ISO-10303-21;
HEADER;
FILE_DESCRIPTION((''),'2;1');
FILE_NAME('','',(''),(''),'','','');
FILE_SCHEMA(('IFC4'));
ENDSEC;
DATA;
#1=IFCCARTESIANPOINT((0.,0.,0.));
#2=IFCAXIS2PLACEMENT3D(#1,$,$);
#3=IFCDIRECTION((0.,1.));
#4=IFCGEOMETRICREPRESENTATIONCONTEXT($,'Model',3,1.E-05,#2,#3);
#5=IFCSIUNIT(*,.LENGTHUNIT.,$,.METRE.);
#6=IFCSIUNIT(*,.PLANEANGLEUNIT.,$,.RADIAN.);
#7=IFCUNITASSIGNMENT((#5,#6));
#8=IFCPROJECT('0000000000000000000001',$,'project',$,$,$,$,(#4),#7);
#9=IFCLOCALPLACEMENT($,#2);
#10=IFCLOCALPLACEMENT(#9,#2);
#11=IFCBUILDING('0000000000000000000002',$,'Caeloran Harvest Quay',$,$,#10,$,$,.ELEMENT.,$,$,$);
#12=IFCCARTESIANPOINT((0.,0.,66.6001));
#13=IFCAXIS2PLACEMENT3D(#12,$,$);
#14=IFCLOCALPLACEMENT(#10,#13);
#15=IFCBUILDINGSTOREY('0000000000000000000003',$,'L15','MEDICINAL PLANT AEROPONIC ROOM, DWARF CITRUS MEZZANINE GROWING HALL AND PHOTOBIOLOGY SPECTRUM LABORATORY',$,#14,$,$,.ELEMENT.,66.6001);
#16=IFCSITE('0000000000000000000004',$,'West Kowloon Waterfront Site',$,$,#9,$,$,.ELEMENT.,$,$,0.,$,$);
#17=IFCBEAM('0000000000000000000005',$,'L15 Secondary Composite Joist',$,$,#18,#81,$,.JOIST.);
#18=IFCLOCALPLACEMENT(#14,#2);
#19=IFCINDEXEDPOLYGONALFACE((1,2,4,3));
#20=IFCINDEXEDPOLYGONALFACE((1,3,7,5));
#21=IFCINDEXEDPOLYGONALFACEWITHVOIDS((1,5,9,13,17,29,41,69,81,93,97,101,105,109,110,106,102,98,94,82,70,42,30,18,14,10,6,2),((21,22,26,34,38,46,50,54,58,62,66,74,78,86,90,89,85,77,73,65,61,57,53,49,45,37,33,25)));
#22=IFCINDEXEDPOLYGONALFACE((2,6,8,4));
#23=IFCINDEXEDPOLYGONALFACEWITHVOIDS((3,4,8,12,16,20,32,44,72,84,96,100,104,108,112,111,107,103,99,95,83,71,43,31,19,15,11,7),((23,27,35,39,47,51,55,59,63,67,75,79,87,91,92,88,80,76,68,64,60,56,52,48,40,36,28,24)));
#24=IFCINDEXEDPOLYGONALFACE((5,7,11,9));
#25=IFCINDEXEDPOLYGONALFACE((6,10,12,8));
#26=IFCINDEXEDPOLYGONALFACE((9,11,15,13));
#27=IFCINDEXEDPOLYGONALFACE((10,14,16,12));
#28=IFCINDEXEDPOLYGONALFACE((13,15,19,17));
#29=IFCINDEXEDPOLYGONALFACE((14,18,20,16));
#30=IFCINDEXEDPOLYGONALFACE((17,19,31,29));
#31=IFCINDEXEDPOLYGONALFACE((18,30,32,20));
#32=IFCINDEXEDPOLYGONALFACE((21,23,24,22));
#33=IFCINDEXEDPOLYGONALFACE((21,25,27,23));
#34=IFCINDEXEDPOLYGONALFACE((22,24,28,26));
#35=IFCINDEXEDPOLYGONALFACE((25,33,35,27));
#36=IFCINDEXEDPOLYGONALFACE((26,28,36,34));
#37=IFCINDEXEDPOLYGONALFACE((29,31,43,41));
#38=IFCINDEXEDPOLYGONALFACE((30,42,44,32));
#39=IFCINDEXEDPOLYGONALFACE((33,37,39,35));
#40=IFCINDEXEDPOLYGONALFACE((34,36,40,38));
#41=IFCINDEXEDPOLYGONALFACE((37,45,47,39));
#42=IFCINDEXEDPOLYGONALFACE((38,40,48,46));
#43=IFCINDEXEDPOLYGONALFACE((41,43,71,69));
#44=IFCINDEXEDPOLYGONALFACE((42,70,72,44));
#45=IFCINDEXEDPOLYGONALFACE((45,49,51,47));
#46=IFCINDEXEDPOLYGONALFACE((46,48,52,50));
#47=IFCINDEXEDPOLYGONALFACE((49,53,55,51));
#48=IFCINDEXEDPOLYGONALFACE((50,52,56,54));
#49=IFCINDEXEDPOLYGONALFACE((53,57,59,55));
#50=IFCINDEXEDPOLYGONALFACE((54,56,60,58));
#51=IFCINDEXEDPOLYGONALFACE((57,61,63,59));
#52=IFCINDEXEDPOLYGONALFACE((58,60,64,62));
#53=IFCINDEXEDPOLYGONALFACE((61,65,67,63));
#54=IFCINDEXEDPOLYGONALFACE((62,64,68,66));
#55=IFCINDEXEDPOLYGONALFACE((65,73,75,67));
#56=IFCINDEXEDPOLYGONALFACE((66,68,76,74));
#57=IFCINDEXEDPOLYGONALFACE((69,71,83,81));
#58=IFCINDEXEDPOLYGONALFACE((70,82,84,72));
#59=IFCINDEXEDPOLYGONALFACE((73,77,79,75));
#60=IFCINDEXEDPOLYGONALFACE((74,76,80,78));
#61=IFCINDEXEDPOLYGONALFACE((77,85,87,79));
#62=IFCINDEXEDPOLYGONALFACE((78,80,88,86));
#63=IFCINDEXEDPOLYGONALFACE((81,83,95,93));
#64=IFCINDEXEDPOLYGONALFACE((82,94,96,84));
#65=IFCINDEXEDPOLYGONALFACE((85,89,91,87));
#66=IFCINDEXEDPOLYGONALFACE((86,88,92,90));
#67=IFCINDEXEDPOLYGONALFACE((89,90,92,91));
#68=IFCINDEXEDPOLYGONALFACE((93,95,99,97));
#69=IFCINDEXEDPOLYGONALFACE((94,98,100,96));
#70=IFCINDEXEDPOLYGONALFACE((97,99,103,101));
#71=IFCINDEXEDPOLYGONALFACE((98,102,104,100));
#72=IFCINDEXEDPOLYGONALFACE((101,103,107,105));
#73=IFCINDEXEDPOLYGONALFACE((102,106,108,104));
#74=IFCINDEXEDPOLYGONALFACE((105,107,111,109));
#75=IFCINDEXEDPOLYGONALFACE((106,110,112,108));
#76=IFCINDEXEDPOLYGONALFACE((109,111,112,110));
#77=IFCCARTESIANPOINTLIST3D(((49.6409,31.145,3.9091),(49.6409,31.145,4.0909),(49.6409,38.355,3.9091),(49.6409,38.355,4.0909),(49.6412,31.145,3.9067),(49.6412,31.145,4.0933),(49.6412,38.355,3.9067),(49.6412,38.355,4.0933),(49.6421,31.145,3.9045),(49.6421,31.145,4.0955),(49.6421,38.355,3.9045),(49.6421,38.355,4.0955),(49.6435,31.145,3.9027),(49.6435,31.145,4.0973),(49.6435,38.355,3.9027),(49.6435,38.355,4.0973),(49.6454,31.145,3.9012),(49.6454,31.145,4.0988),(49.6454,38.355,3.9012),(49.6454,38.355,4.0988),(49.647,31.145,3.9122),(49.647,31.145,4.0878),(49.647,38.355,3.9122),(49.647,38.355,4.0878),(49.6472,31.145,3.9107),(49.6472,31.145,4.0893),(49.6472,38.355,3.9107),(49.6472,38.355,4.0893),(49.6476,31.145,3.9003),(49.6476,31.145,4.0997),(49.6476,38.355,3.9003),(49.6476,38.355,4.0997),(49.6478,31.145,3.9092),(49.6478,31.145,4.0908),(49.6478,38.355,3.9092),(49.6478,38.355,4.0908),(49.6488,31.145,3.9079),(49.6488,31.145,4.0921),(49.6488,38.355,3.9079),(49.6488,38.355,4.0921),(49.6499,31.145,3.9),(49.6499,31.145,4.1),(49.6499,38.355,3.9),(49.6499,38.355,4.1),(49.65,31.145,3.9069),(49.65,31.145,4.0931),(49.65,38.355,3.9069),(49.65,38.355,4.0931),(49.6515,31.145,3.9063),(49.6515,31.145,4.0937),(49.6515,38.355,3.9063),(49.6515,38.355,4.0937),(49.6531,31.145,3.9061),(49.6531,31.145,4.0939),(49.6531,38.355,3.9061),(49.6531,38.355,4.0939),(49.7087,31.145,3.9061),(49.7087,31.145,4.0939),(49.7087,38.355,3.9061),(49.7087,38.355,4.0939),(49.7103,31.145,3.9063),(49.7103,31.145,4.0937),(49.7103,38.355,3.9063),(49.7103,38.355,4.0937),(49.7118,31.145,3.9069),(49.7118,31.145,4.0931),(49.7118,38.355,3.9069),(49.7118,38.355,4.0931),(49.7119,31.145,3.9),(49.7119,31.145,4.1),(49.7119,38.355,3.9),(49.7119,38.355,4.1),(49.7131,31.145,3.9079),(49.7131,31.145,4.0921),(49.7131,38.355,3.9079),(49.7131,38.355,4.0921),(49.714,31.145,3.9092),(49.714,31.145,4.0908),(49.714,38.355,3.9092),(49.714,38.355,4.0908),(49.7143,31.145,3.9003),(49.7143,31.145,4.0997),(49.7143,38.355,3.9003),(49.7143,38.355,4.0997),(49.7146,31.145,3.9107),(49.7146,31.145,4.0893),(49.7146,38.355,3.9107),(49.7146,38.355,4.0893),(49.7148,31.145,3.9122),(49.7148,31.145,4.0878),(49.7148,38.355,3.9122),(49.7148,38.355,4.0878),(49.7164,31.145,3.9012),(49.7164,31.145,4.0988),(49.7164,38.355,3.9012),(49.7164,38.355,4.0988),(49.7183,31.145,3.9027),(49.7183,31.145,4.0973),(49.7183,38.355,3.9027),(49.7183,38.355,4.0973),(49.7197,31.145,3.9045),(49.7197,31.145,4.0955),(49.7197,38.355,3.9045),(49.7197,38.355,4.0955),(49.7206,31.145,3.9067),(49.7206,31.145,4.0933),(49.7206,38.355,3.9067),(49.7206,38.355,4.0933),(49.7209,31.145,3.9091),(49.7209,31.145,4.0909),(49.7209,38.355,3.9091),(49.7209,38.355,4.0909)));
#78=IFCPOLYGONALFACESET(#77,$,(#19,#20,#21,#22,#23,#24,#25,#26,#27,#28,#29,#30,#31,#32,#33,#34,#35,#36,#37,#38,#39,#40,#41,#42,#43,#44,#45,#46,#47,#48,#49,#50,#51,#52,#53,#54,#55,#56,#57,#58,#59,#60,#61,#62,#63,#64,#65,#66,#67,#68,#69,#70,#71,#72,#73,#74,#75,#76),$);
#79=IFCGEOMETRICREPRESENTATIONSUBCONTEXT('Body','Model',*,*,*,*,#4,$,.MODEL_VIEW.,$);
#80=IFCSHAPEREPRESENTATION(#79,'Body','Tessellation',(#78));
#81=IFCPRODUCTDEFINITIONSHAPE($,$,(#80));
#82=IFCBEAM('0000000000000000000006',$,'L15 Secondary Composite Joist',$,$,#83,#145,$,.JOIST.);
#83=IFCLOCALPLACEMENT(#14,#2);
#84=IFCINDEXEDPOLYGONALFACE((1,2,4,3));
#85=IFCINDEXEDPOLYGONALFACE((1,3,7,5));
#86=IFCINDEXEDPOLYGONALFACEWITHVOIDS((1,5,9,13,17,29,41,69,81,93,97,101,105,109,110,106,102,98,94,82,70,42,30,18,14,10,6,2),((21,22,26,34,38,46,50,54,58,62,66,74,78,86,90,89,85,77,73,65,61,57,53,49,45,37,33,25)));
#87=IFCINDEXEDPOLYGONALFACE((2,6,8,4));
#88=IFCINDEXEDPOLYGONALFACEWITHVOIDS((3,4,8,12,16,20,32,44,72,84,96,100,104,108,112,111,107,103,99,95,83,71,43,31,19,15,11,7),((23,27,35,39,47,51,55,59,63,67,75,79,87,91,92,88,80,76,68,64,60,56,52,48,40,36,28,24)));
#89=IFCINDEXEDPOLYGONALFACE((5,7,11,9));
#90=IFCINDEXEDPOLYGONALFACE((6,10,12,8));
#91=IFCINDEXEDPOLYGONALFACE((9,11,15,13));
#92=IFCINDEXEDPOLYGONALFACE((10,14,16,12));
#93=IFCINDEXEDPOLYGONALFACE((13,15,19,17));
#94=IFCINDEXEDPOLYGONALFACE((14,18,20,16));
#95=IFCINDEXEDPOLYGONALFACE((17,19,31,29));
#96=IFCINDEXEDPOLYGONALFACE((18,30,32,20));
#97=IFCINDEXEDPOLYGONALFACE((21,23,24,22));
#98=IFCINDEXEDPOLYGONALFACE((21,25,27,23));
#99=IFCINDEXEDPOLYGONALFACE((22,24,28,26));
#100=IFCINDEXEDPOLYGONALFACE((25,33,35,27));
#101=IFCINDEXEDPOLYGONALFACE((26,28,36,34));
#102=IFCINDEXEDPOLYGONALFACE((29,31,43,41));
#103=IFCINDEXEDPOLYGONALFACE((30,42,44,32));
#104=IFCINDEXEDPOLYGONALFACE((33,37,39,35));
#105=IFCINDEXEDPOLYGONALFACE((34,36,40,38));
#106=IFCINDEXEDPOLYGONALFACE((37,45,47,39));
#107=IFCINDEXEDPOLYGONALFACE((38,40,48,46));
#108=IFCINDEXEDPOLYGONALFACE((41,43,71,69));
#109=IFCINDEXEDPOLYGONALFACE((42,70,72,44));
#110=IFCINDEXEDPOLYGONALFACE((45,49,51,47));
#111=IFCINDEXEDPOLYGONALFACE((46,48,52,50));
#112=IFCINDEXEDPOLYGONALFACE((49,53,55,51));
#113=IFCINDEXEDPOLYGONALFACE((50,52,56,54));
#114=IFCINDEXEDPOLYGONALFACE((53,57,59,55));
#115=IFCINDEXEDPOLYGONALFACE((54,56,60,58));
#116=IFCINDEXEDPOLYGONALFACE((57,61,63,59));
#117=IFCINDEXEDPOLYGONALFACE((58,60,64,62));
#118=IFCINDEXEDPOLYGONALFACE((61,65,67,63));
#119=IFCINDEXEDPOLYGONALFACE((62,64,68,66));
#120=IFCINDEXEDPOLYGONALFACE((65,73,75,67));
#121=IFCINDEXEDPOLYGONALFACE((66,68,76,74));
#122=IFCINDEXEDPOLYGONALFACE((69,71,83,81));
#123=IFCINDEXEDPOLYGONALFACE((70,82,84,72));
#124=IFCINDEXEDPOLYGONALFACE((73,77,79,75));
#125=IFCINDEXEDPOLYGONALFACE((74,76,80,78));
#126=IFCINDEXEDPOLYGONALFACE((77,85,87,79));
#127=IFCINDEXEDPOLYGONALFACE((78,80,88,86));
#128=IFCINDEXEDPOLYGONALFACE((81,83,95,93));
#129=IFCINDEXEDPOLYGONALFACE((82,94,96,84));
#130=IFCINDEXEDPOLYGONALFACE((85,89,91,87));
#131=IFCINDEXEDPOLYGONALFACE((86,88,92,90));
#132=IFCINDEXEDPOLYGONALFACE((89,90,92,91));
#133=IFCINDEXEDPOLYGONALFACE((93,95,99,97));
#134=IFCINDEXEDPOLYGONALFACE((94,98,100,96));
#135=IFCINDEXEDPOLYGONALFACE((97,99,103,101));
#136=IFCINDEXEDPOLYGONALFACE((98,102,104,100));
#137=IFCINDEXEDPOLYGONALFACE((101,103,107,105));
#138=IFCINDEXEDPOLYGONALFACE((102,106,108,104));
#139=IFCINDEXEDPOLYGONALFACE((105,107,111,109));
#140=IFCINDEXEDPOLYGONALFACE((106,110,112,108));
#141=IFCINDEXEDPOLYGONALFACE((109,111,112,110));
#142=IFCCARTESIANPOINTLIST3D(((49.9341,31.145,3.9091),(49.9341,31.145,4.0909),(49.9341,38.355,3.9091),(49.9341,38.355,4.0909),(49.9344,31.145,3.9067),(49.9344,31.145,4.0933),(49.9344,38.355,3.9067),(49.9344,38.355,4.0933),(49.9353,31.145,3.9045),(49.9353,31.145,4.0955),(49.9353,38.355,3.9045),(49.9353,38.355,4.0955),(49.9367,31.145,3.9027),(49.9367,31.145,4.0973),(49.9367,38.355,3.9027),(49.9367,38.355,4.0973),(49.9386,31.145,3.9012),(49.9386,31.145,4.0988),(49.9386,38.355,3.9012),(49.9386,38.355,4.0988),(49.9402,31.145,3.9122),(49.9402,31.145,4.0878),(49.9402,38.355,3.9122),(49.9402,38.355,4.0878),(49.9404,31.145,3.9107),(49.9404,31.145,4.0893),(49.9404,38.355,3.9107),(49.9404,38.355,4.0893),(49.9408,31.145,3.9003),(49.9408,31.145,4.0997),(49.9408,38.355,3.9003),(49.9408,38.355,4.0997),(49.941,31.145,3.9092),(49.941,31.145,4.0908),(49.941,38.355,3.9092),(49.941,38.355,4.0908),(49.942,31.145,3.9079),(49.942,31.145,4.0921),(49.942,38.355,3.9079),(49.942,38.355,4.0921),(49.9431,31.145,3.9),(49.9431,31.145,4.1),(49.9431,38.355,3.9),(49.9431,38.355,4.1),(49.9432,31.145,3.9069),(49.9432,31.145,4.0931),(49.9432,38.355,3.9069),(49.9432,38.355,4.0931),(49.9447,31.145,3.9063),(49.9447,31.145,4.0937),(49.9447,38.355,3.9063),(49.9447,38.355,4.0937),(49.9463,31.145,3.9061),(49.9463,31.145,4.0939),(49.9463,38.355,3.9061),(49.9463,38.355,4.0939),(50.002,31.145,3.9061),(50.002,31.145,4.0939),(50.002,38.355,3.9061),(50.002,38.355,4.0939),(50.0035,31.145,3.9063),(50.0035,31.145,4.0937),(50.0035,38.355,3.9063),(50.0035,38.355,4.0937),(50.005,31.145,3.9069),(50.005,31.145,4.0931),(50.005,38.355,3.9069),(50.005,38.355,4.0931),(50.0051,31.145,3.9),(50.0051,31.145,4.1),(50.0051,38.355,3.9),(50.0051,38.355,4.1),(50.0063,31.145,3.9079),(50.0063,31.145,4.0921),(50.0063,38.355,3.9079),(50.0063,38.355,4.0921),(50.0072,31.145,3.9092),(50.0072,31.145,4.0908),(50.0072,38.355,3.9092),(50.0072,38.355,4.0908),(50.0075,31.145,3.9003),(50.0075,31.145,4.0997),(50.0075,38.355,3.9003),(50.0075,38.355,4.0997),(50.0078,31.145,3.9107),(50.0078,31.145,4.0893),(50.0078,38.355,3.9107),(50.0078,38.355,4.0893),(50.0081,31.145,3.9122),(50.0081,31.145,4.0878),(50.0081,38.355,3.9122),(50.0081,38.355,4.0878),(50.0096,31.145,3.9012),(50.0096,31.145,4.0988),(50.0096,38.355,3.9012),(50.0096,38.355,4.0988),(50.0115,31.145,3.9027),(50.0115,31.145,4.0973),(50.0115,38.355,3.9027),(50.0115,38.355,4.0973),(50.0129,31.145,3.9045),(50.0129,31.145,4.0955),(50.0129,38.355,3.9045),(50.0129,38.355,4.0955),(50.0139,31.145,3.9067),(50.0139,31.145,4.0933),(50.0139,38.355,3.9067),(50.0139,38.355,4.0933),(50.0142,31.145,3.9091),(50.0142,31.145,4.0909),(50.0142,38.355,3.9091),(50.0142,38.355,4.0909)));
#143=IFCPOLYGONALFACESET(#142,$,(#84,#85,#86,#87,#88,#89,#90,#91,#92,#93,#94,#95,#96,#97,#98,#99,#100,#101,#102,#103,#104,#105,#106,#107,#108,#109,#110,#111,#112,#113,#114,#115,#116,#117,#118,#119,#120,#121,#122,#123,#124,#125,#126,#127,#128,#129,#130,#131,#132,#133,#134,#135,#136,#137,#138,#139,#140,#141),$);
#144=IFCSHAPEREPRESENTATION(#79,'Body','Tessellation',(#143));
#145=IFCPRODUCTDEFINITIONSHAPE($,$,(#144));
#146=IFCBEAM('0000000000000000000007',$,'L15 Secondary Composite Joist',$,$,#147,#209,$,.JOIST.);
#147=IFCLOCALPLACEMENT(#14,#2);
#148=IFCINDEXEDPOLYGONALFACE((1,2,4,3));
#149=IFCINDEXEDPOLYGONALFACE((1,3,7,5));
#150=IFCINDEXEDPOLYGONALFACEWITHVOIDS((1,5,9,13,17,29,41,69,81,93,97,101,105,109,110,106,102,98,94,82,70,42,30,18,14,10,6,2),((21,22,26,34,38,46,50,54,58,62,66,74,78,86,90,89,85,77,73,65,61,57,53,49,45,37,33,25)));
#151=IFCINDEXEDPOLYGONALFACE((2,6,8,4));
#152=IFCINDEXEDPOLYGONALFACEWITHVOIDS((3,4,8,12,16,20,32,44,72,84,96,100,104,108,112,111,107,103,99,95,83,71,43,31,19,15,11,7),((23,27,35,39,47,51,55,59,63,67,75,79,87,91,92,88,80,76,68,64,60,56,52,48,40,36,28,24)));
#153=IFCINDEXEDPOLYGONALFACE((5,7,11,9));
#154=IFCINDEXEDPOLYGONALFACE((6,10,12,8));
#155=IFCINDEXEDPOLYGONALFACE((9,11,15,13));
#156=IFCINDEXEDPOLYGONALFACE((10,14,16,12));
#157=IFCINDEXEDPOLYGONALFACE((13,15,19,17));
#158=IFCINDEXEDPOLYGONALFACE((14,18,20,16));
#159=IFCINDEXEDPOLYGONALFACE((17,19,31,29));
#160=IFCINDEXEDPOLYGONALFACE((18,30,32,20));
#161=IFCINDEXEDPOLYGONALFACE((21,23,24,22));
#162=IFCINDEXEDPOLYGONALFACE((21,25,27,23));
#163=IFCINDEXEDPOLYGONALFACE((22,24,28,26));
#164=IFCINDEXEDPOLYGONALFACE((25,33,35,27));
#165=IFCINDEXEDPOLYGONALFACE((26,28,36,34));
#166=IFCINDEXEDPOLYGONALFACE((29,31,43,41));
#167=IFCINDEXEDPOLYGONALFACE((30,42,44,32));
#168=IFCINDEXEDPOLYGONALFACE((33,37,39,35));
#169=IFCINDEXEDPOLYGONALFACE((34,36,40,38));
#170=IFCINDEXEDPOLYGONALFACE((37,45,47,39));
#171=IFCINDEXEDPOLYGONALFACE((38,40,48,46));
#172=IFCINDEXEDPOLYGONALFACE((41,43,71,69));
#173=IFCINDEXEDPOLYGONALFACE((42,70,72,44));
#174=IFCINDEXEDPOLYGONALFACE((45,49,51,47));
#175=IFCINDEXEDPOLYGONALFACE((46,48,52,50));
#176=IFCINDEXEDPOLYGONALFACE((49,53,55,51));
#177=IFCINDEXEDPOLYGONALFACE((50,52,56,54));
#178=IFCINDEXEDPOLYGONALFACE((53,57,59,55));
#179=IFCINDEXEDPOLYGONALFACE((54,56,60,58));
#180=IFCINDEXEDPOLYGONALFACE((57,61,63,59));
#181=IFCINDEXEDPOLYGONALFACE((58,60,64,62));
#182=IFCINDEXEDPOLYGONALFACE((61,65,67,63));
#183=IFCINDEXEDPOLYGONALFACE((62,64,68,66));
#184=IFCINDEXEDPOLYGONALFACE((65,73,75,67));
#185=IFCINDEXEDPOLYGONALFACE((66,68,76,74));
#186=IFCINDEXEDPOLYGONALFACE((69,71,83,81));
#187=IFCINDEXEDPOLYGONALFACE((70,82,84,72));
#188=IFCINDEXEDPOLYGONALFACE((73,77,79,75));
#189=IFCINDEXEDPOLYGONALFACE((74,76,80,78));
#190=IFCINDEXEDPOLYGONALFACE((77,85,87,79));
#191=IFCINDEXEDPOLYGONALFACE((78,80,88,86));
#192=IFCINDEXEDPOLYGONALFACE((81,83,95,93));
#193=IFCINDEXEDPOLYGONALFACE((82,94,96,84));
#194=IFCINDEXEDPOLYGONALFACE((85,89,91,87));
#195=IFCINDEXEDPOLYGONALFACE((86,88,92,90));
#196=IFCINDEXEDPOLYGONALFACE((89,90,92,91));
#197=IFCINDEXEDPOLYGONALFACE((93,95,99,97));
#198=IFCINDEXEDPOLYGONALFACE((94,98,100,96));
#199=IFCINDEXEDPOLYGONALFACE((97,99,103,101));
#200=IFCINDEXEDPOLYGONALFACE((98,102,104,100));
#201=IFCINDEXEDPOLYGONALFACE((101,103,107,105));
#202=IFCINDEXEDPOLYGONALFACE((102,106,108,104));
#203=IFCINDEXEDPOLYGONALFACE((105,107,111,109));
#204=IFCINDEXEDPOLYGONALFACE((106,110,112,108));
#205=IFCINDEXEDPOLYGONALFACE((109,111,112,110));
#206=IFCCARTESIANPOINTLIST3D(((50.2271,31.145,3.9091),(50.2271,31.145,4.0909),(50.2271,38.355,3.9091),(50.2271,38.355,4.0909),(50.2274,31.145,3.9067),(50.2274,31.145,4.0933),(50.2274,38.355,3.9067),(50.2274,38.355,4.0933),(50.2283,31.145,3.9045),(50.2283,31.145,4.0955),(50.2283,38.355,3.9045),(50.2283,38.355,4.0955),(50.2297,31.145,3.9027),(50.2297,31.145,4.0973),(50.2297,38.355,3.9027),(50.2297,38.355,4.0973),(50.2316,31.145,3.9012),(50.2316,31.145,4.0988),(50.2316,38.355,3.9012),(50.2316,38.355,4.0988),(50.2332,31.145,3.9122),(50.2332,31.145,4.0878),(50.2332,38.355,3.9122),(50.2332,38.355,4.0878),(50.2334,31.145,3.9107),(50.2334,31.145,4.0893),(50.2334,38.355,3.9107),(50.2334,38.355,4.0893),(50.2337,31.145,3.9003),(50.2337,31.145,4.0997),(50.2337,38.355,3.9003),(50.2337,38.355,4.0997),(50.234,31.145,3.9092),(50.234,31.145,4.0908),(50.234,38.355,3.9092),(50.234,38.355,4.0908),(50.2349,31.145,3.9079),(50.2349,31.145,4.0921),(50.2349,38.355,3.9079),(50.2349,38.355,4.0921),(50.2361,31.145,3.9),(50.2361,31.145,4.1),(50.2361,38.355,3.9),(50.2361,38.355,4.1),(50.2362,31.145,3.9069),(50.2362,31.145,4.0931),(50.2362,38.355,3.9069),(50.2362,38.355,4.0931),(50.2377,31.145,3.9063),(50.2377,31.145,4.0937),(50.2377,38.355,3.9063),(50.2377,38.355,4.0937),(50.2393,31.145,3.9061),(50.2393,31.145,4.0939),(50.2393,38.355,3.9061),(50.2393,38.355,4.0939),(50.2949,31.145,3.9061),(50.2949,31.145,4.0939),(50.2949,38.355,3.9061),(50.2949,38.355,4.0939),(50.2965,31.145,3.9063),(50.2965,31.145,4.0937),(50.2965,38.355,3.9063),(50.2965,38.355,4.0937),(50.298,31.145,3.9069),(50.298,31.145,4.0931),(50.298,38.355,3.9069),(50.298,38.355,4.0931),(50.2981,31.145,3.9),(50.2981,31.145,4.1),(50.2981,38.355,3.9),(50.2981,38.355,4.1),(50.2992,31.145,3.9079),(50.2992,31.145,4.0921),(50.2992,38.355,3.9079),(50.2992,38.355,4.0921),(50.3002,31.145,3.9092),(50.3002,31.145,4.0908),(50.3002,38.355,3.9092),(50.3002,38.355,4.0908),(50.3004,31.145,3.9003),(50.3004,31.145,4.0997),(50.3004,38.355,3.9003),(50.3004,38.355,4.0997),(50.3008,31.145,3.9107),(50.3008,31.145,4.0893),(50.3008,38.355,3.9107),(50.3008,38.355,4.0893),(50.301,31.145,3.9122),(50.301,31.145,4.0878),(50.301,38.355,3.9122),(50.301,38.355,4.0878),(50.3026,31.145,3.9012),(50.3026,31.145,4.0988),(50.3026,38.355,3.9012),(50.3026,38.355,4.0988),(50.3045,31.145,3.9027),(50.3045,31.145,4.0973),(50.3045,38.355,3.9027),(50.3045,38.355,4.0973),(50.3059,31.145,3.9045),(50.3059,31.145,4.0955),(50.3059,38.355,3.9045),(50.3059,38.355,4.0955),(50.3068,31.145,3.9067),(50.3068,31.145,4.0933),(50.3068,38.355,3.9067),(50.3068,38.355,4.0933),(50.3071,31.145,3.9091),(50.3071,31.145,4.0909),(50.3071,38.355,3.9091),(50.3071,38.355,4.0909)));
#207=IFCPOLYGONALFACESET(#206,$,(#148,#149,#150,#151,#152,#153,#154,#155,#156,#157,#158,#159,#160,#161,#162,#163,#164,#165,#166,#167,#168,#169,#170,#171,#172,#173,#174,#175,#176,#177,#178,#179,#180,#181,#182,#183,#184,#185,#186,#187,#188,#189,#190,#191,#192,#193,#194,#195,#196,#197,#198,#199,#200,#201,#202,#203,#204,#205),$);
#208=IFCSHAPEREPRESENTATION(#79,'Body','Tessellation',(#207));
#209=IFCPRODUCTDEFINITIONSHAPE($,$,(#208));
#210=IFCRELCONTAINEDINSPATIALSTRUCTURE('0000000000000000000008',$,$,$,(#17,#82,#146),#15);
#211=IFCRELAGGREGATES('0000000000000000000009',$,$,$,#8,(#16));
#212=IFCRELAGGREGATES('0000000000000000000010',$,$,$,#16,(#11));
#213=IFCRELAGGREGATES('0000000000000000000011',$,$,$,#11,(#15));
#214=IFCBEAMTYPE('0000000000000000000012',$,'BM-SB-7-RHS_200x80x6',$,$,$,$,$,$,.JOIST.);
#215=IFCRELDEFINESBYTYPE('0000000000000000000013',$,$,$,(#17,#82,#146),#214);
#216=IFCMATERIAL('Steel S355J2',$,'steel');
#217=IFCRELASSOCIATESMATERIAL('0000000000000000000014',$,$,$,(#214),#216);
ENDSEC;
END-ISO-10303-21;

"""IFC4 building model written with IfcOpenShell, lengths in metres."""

from ifc_helpers import new_model, si_unit, direction, frame, origin, origin_2d, place, context, subcontext, project, spatial, hollow_rectangle, extrude, material, material_profile, profile_set, type_object, element, save


model = new_model("IFC4")

# Units and contexts
model_context = context("Model", 3, precision=1e-05, world=origin(), true_north=direction((0.0, 1.0)))
body_context = subcontext(model_context, "Body", "Model", "MODEL_VIEW")
ifc_project = project(units=[si_unit("LENGTHUNIT", "METRE"), si_unit("PLANEANGLEUNIT", "RADIAN")], contexts=[model_context])

# Site, building, storey
site_placement = place(None, origin())
site = spatial("IfcSite", under=ifc_project, at=site_placement, Name="West Kowloon Waterfront Site", CompositionType="ELEMENT", RefElevation=0.0)
building_placement = place(site_placement, origin())
building = spatial("IfcBuilding", under=site, at=building_placement, Name="Caeloran Harvest Quay", CompositionType="ELEMENT")
storey_placement = place(building_placement, frame((0.0, 0.0, 66.6001)))
storey = spatial("IfcBuildingStorey", under=building, at=storey_placement, Name="L15", Description="MEDICINAL PLANT AEROPONIC ROOM, DWARF CITRUS MEZZANINE GROWING HALL AND PHOTOBIOLOGY SPECTRUM LABORATORY", CompositionType="ELEMENT", Elevation=66.6001)

# Beams
ifc_material_1 = material(Name="Steel S355J2", Category="steel")
ifc_material_profile_1 = material_profile(ifc_material_1, hollow_rectangle(XDim=0.0801, YDim=0.2, WallThickness=0.0061, InnerFilletRadius=0.0061, OuterFilletRadius=0.009, at=origin_2d()), Name="RHS 200x80x6")
ifc_profile_set_1 = profile_set([ifc_material_profile_1], Name="Steel S355J2")
beam_type_1 = type_object("IfcBeamType", Name="BM-SB-7-RHS_200x80x6", PredefinedType="JOIST", material=ifc_profile_set_1)
for number, where, z_axis, x_axis, name in (
    (1, (49.6809, 31.145, 4.0), (0.0, 1.0, 0.0), (-1.0, 0.0, 0.0), "L15 Secondary Composite Joist"),
    (2, (49.9741, 31.145, 4.0), (0.0, 1.0, 0.0), (-1.0, 0.0, 0.0), "L15 Secondary Composite Joist"),
    (3, (50.2671, 31.145, 4.0), (0.0, 1.0, 0.0), (-1.0, 0.0, 0.0), "L15 Secondary Composite Joist"),
):
    element("IfcBeam", number, at=place(storey_placement, frame(where, z_axis=z_axis, x_axis=x_axis)), inside=storey, type_object=beam_type_1, Name=name, PredefinedType="JOIST", context=body_context, shape_type="SweptSolid", body=[
        extrude(hollow_rectangle(XDim=0.0801, YDim=0.2, WallThickness=0.0061, InnerFilletRadius=0.0061, OuterFilletRadius=0.009, at=origin_2d()), origin(), (0.0, 0.0, 1.0), 7.21),
    ])

save(model, "model.ifc")
